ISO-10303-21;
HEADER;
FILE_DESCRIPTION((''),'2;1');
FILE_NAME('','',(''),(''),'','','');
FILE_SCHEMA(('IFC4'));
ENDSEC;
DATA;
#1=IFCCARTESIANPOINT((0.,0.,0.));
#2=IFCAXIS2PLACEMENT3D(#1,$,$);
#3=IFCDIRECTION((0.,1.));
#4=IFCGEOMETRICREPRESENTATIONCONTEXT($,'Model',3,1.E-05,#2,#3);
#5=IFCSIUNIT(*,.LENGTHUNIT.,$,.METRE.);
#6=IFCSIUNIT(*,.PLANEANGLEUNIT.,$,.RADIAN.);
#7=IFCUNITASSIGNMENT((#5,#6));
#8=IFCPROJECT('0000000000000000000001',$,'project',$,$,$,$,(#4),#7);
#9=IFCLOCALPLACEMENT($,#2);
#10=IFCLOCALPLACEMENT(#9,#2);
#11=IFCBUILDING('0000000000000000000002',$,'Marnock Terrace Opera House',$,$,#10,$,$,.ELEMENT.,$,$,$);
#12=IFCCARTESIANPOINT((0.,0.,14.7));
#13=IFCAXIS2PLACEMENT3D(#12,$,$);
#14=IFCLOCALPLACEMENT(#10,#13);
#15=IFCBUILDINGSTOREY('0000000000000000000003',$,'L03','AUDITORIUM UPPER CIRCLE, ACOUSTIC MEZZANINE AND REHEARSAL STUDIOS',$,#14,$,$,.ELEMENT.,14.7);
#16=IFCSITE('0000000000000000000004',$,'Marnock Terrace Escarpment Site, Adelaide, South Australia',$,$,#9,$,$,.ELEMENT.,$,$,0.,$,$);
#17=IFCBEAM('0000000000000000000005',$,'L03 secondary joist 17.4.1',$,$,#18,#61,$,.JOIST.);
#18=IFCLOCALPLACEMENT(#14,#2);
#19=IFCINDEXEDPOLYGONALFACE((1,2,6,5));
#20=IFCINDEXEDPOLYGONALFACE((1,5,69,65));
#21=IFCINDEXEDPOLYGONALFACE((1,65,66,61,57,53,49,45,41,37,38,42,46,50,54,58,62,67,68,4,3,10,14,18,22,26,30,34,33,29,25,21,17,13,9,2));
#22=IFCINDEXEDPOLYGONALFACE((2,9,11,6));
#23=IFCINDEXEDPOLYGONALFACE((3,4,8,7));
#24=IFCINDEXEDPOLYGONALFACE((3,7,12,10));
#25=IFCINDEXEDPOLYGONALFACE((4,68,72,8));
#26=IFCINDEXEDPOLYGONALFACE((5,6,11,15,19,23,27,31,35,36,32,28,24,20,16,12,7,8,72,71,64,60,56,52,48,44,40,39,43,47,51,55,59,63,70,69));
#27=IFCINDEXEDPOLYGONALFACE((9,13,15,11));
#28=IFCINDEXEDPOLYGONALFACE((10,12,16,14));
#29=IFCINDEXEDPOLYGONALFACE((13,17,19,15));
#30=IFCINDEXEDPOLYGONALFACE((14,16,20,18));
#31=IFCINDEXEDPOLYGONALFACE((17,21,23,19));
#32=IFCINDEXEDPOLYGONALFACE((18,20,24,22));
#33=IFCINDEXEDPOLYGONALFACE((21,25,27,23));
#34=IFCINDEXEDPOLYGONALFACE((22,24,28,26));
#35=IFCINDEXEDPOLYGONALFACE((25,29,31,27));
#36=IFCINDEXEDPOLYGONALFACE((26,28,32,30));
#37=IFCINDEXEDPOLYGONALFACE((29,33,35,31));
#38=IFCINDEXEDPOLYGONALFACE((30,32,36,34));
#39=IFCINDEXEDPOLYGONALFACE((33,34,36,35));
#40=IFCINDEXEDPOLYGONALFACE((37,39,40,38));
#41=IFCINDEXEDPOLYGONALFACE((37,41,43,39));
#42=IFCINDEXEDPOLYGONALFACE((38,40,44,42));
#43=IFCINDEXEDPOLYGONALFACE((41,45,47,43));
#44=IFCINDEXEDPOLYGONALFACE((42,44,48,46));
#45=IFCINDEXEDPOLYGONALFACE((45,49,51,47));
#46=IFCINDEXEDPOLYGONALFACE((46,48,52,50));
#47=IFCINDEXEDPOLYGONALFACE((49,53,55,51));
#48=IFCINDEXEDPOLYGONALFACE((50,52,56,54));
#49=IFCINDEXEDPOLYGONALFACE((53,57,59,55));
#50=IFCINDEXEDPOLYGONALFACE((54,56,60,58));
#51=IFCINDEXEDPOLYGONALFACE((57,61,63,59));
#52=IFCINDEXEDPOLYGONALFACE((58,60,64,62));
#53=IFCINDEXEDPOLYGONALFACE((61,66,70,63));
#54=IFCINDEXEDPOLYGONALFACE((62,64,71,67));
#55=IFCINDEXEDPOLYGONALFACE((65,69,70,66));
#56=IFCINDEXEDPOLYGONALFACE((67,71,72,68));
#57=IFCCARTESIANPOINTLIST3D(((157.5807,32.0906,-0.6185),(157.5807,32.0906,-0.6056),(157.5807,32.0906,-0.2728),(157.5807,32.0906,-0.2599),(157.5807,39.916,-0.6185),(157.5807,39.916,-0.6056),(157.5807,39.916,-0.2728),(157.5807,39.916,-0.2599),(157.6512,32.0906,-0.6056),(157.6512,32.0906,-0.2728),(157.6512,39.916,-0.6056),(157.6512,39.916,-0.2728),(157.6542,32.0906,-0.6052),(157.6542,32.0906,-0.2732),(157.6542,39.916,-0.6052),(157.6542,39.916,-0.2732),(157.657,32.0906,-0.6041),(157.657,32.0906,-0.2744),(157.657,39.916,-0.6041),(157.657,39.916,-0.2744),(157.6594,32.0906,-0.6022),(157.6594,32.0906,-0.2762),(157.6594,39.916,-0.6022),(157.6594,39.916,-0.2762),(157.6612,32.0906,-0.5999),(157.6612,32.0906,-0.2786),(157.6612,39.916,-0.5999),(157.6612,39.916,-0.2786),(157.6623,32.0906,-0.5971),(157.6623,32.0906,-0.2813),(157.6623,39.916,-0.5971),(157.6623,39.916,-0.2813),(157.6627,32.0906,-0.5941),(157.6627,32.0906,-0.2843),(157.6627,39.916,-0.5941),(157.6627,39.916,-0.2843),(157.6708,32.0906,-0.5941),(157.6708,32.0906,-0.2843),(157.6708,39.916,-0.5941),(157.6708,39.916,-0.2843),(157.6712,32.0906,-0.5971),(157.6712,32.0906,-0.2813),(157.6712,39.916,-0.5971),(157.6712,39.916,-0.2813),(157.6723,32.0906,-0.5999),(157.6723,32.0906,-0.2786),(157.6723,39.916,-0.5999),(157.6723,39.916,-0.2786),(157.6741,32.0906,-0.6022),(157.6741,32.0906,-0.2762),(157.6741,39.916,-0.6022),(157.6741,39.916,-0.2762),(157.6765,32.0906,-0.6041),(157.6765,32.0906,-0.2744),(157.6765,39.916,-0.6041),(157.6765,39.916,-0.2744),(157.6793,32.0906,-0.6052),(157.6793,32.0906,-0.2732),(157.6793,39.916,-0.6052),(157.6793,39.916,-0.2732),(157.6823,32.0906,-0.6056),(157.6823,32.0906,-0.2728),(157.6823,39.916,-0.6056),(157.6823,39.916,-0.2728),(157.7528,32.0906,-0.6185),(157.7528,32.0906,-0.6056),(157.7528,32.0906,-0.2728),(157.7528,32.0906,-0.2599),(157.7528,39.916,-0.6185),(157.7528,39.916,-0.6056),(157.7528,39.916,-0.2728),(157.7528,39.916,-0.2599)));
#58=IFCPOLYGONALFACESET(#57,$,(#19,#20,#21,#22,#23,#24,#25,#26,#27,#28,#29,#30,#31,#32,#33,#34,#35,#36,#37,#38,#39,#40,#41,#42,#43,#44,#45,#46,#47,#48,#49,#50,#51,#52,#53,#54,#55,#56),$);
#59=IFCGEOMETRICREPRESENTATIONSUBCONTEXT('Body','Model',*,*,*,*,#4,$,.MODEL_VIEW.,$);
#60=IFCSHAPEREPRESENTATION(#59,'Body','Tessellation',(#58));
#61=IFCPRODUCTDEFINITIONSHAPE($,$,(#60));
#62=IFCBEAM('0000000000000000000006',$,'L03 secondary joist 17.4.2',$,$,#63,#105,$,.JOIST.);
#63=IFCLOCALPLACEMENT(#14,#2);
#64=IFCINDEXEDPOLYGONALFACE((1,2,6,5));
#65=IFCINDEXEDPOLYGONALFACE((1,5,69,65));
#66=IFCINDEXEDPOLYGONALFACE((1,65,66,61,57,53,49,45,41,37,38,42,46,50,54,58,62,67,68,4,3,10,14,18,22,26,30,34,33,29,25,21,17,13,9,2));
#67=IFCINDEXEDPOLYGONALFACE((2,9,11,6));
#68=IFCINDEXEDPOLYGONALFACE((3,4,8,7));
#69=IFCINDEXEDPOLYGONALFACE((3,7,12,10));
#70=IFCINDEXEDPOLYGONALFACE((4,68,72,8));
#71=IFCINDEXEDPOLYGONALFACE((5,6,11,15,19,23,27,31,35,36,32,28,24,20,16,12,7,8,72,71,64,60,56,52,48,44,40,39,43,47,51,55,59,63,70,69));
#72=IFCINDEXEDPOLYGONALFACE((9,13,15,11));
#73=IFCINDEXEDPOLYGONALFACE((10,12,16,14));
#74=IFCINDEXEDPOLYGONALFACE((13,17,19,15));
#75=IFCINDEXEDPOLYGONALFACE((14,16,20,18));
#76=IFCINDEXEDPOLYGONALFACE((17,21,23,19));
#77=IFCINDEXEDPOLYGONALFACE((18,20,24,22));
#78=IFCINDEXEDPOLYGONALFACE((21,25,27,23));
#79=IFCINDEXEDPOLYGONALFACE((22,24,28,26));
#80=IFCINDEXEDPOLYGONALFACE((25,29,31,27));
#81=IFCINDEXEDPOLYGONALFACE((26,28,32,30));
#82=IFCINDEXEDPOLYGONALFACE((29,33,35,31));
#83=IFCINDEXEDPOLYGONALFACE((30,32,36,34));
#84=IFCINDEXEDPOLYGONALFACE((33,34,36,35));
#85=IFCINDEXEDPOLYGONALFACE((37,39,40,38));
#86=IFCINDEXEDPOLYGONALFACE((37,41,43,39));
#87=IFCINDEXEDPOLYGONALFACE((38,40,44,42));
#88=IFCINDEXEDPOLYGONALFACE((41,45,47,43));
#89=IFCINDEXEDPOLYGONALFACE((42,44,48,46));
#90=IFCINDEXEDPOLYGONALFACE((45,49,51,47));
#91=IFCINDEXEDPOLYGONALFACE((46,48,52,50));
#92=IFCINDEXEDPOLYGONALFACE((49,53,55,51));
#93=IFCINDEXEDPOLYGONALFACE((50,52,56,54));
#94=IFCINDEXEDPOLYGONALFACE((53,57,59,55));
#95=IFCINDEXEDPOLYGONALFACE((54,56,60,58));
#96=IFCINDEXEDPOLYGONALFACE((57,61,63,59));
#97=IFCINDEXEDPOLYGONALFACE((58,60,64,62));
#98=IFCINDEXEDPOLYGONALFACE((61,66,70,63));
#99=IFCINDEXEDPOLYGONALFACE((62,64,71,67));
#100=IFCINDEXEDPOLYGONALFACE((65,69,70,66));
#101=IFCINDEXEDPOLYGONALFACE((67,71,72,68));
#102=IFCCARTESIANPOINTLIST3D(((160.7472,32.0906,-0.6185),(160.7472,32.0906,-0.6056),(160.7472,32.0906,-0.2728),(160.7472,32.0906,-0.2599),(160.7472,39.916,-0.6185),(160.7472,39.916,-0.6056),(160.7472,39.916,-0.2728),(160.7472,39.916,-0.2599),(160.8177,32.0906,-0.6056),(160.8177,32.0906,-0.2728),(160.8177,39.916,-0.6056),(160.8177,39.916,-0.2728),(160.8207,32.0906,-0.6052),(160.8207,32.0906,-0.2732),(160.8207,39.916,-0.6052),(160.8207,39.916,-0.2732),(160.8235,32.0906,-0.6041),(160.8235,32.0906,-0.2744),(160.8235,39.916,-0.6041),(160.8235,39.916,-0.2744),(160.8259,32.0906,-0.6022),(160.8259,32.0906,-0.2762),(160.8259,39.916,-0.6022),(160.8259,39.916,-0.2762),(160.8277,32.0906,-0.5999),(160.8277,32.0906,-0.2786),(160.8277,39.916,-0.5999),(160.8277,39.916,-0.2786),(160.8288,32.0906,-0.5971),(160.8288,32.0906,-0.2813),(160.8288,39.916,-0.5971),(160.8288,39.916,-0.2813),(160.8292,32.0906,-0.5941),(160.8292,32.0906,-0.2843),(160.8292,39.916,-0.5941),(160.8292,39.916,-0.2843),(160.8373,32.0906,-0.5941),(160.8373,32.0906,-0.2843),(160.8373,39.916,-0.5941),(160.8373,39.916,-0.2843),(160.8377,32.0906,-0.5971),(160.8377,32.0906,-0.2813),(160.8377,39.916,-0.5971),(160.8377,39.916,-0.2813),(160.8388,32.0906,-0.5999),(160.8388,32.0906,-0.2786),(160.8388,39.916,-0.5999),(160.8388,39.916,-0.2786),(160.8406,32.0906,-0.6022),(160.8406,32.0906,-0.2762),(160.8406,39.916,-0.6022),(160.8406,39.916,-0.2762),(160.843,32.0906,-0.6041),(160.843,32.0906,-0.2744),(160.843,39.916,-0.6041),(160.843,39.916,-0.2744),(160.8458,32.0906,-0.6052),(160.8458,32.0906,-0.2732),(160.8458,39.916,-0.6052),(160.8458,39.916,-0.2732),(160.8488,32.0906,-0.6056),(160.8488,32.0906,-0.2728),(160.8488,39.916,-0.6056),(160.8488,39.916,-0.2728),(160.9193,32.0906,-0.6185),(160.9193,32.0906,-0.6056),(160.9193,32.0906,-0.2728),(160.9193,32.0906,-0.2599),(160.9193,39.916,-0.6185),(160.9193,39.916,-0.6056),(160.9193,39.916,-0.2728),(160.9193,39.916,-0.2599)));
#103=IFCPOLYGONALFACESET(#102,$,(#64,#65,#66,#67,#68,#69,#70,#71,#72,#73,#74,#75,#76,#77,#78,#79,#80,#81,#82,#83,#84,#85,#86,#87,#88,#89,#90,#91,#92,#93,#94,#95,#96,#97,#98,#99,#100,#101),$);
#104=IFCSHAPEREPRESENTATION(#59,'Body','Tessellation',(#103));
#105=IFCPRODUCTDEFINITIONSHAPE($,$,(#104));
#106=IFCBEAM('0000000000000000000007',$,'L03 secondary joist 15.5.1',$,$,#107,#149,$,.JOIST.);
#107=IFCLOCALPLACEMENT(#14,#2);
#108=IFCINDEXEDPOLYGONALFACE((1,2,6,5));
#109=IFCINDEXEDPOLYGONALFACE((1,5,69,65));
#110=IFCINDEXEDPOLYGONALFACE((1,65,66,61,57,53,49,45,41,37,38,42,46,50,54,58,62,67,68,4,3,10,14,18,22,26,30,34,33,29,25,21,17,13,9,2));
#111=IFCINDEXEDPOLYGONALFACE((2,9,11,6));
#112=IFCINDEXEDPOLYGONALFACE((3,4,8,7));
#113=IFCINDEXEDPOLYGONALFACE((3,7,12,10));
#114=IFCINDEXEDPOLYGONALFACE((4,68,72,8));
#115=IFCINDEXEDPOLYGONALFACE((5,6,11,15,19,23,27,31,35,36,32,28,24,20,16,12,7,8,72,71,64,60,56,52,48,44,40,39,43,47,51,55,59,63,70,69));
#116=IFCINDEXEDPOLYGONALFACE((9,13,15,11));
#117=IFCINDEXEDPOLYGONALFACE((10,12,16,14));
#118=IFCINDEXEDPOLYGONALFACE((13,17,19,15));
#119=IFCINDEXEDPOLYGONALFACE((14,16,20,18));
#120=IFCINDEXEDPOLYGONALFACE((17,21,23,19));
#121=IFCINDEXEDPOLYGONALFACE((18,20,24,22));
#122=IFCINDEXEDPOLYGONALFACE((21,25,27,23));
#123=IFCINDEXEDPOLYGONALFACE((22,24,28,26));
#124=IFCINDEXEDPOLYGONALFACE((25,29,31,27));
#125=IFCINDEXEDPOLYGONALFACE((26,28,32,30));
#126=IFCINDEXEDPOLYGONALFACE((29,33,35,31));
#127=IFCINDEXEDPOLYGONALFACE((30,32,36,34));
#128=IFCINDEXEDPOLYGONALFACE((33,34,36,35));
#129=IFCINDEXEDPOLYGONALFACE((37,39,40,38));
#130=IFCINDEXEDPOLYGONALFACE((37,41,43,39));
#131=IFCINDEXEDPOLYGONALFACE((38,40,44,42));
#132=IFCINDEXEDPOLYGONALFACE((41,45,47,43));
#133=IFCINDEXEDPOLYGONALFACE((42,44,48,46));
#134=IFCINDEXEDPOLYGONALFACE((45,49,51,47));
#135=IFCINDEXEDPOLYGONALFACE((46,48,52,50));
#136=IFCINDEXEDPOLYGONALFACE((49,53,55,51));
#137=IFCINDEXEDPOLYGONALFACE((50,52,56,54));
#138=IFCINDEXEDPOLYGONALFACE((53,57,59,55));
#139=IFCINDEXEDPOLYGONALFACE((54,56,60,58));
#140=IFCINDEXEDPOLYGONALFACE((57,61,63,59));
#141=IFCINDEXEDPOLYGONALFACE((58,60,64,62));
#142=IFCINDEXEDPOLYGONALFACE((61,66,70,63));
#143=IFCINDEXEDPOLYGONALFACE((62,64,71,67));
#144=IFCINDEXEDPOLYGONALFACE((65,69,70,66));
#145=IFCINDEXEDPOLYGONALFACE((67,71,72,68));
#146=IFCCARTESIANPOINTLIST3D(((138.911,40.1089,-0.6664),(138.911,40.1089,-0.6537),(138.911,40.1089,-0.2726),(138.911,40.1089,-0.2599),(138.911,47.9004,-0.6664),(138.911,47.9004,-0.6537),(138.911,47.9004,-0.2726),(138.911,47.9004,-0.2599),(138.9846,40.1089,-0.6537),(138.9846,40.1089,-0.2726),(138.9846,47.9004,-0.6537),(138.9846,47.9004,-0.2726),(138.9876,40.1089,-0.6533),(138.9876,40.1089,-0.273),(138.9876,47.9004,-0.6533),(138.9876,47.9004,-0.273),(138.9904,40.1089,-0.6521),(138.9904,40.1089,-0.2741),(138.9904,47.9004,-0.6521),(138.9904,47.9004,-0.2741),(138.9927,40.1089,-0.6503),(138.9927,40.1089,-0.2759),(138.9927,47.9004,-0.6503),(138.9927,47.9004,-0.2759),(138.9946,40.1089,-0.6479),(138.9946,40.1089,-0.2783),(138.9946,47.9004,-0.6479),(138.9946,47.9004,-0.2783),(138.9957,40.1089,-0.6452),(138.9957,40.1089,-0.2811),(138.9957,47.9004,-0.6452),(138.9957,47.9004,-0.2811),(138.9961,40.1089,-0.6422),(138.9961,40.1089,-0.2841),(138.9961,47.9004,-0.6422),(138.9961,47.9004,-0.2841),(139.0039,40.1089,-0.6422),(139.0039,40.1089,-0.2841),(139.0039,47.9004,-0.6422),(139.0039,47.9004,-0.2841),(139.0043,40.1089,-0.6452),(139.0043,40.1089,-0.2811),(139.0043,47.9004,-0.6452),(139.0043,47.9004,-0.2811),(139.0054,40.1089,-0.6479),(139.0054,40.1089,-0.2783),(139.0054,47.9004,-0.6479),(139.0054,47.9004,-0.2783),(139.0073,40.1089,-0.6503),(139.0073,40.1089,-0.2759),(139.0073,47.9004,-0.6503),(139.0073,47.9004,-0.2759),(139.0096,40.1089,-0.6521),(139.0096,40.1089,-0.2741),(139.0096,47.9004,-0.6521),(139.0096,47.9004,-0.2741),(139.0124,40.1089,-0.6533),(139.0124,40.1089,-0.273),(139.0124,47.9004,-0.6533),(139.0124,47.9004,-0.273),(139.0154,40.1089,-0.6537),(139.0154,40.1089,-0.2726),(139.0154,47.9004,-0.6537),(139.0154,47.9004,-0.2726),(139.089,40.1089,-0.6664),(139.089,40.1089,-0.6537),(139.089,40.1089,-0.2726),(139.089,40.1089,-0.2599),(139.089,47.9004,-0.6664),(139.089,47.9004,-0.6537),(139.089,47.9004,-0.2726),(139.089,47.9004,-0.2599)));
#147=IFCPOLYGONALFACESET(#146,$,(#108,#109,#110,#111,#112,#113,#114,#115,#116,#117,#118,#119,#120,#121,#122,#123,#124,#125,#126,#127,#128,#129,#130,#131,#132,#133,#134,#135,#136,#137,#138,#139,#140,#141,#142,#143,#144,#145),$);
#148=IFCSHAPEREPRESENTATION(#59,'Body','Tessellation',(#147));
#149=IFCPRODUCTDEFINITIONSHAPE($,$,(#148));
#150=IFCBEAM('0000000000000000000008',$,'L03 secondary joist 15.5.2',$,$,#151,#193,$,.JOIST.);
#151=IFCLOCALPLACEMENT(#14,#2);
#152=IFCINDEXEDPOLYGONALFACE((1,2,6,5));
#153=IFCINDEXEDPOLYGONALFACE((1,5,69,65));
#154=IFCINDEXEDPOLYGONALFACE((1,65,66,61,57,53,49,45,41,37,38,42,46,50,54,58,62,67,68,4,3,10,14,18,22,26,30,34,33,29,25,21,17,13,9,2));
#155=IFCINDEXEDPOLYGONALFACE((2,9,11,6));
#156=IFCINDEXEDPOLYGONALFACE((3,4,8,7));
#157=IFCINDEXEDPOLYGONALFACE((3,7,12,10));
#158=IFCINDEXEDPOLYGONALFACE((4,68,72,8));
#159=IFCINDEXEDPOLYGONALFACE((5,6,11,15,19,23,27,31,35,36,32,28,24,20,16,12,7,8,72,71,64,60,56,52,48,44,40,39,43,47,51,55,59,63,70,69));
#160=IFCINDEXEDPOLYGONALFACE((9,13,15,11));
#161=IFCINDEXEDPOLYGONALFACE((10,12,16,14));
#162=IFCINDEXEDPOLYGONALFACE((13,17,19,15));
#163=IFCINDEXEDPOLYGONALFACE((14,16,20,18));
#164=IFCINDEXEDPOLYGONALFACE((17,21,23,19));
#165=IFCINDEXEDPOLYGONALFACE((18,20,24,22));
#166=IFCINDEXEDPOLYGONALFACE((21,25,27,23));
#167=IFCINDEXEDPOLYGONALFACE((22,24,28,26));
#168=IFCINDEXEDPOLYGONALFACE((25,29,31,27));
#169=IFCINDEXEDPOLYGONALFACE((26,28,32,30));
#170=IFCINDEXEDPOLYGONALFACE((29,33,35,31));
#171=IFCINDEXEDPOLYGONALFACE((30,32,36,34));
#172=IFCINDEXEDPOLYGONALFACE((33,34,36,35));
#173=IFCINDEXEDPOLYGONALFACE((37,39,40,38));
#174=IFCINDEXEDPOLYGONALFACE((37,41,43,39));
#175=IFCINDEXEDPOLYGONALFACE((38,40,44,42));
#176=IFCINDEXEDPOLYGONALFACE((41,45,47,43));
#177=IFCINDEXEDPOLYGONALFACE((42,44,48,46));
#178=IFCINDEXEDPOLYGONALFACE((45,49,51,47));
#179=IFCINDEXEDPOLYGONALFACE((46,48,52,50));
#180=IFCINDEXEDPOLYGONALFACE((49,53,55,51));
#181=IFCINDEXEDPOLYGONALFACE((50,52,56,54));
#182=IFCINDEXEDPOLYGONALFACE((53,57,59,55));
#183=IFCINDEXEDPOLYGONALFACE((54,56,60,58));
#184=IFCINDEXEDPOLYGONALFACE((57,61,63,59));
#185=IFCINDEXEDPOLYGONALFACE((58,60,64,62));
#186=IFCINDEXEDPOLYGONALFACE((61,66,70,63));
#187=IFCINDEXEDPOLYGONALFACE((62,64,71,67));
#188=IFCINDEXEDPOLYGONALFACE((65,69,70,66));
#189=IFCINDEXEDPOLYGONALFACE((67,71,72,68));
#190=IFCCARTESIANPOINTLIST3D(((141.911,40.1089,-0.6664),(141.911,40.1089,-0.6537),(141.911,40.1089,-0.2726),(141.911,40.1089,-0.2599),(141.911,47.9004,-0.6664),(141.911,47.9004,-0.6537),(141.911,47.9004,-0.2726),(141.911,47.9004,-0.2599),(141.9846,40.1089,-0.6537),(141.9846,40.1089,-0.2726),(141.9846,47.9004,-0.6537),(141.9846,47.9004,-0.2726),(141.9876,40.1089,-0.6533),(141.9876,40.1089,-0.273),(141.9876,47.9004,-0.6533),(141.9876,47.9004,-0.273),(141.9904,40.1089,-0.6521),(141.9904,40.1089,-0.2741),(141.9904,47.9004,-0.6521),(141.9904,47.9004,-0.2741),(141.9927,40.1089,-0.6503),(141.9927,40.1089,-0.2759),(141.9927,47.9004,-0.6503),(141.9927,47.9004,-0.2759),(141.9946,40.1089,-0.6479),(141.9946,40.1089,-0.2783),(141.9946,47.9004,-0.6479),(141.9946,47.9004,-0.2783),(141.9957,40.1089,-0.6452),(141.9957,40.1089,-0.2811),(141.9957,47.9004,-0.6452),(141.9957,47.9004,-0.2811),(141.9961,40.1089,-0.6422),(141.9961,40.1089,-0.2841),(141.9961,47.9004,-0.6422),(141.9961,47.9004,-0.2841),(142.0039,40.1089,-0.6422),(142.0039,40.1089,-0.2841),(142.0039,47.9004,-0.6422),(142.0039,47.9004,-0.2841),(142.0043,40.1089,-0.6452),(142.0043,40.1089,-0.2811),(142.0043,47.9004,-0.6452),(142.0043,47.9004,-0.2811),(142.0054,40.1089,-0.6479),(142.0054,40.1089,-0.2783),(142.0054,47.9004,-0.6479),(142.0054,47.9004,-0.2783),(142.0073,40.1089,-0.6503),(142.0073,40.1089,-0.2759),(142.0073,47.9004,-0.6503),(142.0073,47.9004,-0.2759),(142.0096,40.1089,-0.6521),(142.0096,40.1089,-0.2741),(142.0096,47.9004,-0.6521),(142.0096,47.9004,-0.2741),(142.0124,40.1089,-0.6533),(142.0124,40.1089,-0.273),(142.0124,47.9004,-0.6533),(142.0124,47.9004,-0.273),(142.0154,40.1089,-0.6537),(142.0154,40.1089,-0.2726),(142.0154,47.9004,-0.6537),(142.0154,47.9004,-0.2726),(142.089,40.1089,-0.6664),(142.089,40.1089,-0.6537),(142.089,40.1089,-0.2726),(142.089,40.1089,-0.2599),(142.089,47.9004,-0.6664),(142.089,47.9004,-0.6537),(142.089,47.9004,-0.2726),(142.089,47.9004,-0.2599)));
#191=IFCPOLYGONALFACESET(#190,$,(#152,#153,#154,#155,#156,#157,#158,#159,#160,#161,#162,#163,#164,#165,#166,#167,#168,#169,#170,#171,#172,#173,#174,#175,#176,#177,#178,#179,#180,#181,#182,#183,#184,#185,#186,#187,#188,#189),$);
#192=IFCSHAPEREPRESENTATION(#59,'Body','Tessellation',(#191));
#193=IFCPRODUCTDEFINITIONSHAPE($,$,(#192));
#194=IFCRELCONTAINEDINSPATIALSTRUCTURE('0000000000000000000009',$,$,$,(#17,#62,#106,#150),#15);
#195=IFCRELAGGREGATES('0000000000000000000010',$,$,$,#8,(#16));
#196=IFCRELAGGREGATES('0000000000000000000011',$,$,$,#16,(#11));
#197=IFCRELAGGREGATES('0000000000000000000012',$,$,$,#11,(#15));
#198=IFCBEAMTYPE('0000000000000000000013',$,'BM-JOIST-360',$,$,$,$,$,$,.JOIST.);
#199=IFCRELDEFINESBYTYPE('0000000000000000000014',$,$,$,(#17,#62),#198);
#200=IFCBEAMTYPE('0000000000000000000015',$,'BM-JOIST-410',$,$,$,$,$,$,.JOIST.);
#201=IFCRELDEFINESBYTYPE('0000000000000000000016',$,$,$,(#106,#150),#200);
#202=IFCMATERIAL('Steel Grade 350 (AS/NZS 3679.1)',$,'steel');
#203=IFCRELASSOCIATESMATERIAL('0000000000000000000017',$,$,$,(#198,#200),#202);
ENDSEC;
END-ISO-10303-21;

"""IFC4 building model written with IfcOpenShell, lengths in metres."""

from ifc_helpers import new_model, si_unit, direction, frame, origin, origin_2d, place, context, subcontext, project, spatial, i_section, extrude, material, material_profile, profile_set, type_object, element, save


model = new_model("IFC4")

# Units and contexts
model_context = context("Model", 3, precision=1e-05, world=origin(), true_north=direction((0.0, 1.0)))
body_context = subcontext(model_context, "Body", "Model", "MODEL_VIEW")
ifc_project = project(units=[si_unit("LENGTHUNIT", "METRE"), si_unit("PLANEANGLEUNIT", "RADIAN")], contexts=[model_context])

# Site, building, storey
site_placement = place(None, origin())
site = spatial("IfcSite", under=ifc_project, at=site_placement, Name="Marnock Terrace Escarpment Site, Adelaide, South Australia", CompositionType="ELEMENT", RefElevation=0.0)
building_placement = place(site_placement, origin())
building = spatial("IfcBuilding", under=site, at=building_placement, Name="Marnock Terrace Opera House", CompositionType="ELEMENT")
storey_placement = place(building_placement, frame((0.0, 0.0, 14.7)))
storey = spatial("IfcBuildingStorey", under=building, at=storey_placement, Name="L03", Description="AUDITORIUM UPPER CIRCLE, ACOUSTIC MEZZANINE AND REHEARSAL STUDIOS", CompositionType="ELEMENT", Elevation=14.7)

# Shared definitions
ifc_material_1 = material(Name="Steel Grade 350 (AS/NZS 3679.1)", Category="steel")

# Beams
ifc_material_profile_1 = material_profile(ifc_material_1, i_section(OverallWidth=0.1721, OverallDepth=0.3586, WebThickness=0.0081, FlangeThickness=0.0129, FilletRadius=0.0115, at=origin_2d()))
ifc_profile_set_1 = profile_set([ifc_material_profile_1], Name="Steel Grade 350 (AS/NZS 3679.1)")
beam_type_1 = type_object("IfcBeamType", Name="BM-JOIST-360", PredefinedType="JOIST", material=ifc_profile_set_1)
for number, where, z_axis, x_axis, name in (
    (1, (157.6667, 32.0906, -0.4392), (0.0, 1.0, 0.0), (-1.0, 0.0, 0.0), "L03 secondary joist 17.4.1"),
    (2, (160.8333, 32.0906, -0.4392), (0.0, 1.0, 0.0), (-1.0, 0.0, 0.0), "L03 secondary joist 17.4.2"),
):
    element("IfcBeam", number, at=place(storey_placement, frame(where, z_axis=z_axis, x_axis=x_axis)), inside=storey, type_object=beam_type_1, Name=name, PredefinedType="JOIST", context=body_context, shape_type="SweptSolid", body=[
        extrude(i_section(OverallWidth=0.1721, OverallDepth=0.3586, WebThickness=0.0081, FlangeThickness=0.0129, FilletRadius=0.0115, at=origin_2d()), origin(), (0.0, 0.0, 1.0), 7.8254),
    ])
ifc_material_profile_2 = material_profile(ifc_material_1, i_section(OverallWidth=0.178, OverallDepth=0.4065, WebThickness=0.0078, FlangeThickness=0.0127, FilletRadius=0.0115, at=origin_2d()))
ifc_profile_set_2 = profile_set([ifc_material_profile_2], Name="Steel Grade 350 (AS/NZS 3679.1)")
beam_type_2 = type_object("IfcBeamType", Name="BM-JOIST-410", PredefinedType="JOIST", material=ifc_profile_set_2)
for number, where, z_axis, x_axis, name in (
    (3, (139.0, 40.1089, -0.4631), (0.0, 1.0, 0.0), (-1.0, 0.0, 0.0), "L03 secondary joist 15.5.1"),
    (4, (142.0, 40.1089, -0.4631), (0.0, 1.0, 0.0), (-1.0, 0.0, 0.0), "L03 secondary joist 15.5.2"),
):
    element("IfcBeam", number, at=place(storey_placement, frame(where, z_axis=z_axis, x_axis=x_axis)), inside=storey, type_object=beam_type_2, Name=name, PredefinedType="JOIST", context=body_context, shape_type="SweptSolid", body=[
        extrude(i_section(OverallWidth=0.178, OverallDepth=0.4065, WebThickness=0.0078, FlangeThickness=0.0127, FilletRadius=0.0115, at=origin_2d()), origin(), (0.0, 0.0, 1.0), 7.7915),
    ])

save(model, "model.ifc")
